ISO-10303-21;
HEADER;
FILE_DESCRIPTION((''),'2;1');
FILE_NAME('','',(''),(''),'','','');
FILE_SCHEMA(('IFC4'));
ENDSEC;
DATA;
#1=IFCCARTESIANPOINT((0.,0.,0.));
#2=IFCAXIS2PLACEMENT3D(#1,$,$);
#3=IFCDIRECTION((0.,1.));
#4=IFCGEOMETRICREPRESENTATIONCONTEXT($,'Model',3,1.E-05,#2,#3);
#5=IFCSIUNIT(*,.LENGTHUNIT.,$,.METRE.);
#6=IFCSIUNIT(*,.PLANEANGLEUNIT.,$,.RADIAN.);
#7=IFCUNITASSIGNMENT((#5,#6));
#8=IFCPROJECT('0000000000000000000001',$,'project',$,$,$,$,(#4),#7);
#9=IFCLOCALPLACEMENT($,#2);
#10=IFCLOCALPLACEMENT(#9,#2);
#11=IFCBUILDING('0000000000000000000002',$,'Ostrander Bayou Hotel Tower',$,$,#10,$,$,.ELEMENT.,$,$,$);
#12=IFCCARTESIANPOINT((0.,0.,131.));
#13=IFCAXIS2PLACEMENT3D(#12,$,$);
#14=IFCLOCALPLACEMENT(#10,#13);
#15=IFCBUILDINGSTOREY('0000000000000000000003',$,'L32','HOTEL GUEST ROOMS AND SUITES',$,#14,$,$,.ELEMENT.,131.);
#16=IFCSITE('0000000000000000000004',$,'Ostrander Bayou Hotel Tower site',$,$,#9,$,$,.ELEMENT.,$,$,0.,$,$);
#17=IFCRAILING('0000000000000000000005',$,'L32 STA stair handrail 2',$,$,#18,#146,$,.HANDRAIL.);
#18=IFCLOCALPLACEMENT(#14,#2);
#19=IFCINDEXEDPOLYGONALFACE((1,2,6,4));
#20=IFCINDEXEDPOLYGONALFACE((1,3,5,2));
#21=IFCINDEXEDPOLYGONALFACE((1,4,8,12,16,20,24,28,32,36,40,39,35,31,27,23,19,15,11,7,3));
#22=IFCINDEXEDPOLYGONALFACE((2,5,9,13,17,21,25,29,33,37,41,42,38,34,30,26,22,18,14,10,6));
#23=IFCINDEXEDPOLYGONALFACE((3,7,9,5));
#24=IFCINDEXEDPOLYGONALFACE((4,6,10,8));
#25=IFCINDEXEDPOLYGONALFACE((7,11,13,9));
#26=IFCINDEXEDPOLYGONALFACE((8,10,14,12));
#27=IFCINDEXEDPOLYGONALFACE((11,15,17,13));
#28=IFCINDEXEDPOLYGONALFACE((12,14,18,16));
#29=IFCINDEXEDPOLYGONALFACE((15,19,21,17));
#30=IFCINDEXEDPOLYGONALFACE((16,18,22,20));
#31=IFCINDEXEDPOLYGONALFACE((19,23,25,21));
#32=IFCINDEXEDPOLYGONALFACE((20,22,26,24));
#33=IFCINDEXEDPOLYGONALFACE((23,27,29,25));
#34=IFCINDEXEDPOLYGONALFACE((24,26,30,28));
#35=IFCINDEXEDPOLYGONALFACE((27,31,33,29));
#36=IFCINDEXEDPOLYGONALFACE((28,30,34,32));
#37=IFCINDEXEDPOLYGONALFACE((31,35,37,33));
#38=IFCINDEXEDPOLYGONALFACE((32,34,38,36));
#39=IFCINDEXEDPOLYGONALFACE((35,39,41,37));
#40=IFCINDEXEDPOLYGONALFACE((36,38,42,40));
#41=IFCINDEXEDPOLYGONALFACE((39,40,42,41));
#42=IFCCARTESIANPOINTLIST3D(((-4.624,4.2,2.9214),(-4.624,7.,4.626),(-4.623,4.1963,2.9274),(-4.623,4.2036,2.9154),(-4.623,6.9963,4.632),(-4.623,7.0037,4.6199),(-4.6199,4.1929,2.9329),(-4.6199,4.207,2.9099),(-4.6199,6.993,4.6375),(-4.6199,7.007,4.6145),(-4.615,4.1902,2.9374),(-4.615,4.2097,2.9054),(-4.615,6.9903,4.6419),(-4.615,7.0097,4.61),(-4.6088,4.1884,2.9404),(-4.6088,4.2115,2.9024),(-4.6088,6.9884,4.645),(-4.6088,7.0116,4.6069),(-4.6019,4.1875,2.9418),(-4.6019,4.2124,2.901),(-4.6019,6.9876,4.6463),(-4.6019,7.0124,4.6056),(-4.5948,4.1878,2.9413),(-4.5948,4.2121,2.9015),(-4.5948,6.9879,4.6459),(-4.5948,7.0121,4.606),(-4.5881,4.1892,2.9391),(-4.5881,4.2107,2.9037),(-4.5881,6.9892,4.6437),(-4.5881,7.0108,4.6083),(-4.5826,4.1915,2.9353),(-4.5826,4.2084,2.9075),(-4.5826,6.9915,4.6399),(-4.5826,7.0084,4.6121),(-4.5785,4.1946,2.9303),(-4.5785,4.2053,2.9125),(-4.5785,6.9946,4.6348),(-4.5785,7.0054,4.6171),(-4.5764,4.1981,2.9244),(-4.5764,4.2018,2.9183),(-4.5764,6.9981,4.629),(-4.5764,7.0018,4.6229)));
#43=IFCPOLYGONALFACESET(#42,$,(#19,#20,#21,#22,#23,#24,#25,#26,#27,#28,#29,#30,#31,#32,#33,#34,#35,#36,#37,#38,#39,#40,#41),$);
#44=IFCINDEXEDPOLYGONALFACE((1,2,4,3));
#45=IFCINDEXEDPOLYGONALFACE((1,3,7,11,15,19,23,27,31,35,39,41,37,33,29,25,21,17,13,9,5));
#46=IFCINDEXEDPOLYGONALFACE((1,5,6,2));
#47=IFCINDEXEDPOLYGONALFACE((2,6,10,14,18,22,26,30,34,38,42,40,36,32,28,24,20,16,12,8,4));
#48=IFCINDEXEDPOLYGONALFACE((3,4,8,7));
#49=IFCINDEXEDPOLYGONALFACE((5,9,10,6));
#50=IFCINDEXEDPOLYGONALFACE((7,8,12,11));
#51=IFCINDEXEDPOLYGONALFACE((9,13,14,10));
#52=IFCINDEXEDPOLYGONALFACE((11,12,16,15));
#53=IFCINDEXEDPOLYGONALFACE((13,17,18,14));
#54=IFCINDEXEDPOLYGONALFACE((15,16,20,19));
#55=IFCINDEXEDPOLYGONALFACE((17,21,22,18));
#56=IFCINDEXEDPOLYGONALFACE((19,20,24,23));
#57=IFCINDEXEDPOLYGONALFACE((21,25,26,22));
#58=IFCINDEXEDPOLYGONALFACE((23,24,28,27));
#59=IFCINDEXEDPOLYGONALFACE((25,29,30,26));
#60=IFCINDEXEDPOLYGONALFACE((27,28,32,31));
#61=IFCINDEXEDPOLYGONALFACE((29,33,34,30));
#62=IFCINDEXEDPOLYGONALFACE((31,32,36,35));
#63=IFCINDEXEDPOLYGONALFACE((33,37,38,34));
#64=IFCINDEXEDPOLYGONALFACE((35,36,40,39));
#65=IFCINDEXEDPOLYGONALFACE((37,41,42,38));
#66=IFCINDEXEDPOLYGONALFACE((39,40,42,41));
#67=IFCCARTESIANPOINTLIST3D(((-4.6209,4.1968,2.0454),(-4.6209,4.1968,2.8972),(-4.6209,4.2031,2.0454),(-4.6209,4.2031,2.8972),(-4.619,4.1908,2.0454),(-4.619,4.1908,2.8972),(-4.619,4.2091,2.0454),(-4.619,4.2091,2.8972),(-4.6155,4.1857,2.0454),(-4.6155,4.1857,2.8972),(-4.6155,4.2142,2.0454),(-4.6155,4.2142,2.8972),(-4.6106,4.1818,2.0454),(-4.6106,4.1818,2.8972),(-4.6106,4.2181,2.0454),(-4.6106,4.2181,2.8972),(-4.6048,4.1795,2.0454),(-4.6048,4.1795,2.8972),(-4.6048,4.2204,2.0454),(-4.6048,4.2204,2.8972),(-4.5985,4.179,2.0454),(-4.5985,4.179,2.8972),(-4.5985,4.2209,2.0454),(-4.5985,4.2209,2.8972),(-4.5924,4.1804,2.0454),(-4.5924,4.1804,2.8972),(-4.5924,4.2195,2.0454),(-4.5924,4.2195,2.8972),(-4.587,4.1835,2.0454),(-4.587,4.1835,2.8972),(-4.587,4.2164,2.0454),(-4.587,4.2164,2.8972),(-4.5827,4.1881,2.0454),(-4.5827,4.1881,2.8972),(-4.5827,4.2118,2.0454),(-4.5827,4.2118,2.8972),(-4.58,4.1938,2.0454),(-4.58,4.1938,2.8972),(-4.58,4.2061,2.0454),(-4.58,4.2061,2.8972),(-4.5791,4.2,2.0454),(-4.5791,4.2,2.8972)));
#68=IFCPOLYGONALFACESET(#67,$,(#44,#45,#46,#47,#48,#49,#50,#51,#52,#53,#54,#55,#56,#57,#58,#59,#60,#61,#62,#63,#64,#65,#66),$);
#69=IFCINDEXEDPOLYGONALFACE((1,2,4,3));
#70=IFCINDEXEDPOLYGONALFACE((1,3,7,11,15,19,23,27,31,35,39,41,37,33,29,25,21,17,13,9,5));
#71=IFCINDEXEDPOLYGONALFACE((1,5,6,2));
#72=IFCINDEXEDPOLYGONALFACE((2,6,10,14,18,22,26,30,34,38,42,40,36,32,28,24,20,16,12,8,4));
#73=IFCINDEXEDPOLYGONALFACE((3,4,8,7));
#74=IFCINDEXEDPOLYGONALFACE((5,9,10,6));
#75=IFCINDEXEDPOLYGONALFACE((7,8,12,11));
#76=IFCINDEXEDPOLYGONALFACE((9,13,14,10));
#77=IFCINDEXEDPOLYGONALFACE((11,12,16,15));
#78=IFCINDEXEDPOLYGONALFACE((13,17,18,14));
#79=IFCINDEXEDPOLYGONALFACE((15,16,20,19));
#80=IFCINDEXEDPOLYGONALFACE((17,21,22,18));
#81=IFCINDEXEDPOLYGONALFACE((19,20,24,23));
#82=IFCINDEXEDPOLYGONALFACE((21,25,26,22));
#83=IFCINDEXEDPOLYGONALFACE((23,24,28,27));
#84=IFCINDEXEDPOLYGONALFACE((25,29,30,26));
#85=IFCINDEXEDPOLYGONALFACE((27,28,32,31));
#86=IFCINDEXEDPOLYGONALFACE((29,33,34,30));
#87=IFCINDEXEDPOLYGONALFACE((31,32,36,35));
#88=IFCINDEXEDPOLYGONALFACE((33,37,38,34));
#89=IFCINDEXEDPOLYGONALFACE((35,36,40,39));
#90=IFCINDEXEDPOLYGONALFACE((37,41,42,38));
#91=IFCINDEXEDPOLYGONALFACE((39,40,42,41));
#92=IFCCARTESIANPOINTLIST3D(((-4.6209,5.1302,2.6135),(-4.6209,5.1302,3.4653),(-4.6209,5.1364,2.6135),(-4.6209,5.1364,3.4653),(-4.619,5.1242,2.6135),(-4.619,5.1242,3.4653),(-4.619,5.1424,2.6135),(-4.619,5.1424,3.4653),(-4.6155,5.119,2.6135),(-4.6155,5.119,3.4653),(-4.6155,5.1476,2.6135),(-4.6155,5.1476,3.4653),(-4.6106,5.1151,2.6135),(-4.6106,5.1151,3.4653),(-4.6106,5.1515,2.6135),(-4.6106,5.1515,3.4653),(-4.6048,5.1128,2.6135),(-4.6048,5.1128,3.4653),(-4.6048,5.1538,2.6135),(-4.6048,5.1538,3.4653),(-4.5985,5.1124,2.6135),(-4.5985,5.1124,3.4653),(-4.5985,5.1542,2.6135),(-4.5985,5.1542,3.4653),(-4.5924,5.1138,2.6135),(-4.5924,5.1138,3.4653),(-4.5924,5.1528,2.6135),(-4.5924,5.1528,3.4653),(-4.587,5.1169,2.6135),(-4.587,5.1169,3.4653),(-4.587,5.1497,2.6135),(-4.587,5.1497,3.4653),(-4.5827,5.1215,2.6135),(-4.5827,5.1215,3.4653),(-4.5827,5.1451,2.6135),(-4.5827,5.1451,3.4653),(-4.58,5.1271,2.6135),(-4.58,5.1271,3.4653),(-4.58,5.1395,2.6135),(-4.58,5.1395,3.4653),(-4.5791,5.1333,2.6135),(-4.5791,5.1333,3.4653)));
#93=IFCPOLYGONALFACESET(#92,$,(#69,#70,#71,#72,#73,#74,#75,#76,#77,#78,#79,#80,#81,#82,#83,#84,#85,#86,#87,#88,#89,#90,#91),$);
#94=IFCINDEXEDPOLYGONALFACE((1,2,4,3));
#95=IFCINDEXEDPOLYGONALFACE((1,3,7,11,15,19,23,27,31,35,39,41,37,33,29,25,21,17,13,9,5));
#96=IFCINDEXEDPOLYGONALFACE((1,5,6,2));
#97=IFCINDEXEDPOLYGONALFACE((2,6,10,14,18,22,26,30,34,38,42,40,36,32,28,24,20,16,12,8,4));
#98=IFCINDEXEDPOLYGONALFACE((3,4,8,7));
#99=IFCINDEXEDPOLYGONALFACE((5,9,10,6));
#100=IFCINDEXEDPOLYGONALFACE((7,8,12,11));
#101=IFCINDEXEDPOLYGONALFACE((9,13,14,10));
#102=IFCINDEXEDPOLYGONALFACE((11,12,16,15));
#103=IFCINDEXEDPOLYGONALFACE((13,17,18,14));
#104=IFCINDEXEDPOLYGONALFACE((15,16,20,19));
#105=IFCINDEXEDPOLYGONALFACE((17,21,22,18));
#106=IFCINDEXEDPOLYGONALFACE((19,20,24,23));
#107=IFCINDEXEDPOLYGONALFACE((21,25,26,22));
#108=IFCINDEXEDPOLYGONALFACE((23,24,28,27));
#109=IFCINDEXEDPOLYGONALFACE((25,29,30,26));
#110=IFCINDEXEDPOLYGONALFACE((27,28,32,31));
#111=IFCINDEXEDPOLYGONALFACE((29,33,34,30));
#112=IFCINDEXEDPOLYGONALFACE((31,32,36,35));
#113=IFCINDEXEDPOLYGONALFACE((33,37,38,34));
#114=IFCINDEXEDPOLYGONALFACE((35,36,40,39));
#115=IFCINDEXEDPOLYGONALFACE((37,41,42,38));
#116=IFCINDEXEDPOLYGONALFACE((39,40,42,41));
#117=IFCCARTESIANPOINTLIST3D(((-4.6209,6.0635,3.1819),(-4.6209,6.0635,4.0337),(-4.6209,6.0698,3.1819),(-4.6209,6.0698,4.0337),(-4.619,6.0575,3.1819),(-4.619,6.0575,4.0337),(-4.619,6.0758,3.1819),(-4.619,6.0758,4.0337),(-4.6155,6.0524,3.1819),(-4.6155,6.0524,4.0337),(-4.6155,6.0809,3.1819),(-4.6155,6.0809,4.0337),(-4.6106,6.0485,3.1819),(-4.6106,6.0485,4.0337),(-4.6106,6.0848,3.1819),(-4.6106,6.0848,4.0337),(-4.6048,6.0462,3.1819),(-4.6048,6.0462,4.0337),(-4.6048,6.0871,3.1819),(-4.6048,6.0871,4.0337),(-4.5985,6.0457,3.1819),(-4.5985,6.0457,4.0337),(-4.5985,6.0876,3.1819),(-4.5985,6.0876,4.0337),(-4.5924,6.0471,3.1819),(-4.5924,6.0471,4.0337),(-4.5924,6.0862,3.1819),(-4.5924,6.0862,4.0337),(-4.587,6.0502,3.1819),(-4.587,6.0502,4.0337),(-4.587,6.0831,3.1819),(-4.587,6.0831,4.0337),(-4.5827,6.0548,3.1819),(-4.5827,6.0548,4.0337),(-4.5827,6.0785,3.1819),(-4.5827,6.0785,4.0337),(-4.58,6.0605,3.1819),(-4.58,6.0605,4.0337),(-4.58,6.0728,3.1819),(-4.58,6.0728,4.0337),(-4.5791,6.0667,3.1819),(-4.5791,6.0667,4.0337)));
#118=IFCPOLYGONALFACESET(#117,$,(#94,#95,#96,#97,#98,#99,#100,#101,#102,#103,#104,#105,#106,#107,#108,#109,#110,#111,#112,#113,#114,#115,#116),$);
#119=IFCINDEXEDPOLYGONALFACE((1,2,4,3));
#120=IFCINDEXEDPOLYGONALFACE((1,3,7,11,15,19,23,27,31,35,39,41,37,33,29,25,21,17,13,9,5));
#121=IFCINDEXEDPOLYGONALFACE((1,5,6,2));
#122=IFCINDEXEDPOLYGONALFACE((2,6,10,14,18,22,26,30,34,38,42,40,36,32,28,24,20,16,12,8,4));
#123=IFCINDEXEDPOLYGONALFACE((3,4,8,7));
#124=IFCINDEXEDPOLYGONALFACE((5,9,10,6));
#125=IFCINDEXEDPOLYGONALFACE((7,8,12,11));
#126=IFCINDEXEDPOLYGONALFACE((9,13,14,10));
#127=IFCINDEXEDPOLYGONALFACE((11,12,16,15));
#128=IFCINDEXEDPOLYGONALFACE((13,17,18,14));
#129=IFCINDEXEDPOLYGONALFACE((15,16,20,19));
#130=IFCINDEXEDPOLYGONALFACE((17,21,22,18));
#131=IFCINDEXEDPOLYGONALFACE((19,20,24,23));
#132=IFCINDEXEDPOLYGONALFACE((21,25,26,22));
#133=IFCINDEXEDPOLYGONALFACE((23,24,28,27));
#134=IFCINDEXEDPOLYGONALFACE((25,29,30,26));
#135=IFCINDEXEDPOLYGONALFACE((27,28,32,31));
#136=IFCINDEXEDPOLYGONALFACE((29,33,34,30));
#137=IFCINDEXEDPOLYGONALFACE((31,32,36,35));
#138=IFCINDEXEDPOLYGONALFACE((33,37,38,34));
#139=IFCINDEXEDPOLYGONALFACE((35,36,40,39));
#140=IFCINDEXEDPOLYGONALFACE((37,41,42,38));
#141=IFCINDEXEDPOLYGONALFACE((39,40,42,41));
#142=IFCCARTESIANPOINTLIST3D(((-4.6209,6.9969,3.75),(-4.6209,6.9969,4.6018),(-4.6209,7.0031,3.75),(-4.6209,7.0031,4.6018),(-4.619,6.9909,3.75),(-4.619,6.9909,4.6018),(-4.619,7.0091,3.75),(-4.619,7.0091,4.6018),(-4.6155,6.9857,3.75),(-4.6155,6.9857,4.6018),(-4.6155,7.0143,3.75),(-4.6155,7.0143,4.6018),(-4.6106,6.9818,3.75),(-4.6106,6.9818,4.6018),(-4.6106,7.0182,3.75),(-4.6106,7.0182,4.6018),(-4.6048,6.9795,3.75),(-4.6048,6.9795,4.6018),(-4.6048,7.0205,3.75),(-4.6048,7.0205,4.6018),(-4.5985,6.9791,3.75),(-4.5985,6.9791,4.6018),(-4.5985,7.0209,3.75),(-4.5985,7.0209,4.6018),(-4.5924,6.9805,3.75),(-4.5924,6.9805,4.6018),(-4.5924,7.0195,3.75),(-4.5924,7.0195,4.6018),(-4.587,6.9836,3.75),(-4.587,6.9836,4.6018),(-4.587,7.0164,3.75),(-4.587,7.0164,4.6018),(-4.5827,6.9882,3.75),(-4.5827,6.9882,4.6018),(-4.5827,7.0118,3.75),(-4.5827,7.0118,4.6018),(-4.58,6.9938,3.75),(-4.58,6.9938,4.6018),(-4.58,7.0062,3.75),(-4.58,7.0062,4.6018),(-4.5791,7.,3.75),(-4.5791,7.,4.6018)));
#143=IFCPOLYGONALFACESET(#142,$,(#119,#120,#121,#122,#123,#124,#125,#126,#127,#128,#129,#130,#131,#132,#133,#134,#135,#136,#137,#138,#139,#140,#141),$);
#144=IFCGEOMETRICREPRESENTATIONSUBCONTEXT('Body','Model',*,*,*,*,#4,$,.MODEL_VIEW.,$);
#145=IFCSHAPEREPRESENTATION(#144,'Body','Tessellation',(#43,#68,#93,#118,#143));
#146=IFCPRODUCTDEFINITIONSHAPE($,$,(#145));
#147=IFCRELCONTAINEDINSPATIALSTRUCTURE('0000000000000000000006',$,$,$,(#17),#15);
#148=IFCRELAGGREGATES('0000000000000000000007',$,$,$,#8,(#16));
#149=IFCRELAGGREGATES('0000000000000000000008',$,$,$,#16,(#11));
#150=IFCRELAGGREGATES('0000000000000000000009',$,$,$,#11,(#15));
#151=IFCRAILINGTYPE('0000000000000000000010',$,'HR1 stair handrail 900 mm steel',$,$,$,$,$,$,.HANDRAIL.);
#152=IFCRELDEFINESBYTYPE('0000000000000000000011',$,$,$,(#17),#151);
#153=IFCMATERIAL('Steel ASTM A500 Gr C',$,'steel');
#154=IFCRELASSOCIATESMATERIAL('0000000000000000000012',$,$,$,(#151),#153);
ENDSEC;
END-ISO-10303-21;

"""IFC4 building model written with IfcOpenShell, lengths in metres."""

from ifc_helpers import new_model, si_unit, direction, frame, origin, origin_2d, place, context, subcontext, project, spatial, circle, extrude, material, type_object, element, save


model = new_model("IFC4")

# Units and contexts
model_context = context("Model", 3, precision=1e-05, world=origin(), true_north=direction((0.0, 1.0)))
body_context = subcontext(model_context, "Body", "Model", "MODEL_VIEW")
ifc_project = project(units=[si_unit("LENGTHUNIT", "METRE"), si_unit("PLANEANGLEUNIT", "RADIAN")], contexts=[model_context])

# Site, building, storey
site_placement = place(None, origin())
site = spatial("IfcSite", under=ifc_project, at=site_placement, Name="Ostrander Bayou Hotel Tower site", CompositionType="ELEMENT", RefElevation=0.0)
building_placement = place(site_placement, origin())
building = spatial("IfcBuilding", under=site, at=building_placement, Name="Ostrander Bayou Hotel Tower", CompositionType="ELEMENT")
storey_placement = place(building_placement, frame((0.0, 0.0, 131.0)))
storey = spatial("IfcBuildingStorey", under=building, at=storey_placement, Name="L32", Description="HOTEL GUEST ROOMS AND SUITES", CompositionType="ELEMENT", Elevation=131.0)

# Railing
ifc_material_1 = material(Name="Steel ASTM A500 Gr C", Category="steel")
railing_type_1 = type_object("IfcRailingType", Name="HR1 stair handrail 900 mm steel", PredefinedType="HANDRAIL", material=ifc_material_1)
railing_1_placement = place(storey_placement, frame((-4.6001, 4.2, 2.0454)))
element("IfcRailing", 1, at=railing_1_placement, inside=storey, type_object=railing_type_1, Name="L32 STA stair handrail 2", PredefinedType="HANDRAIL", context=body_context, shape_type="SweptSolid", body=[
    extrude(circle(Radius=0.0239, at=origin_2d()), frame((0.0, 0.0, 0.876), z_axis=(0.0, 0.85417, 0.519994), x_axis=(-1.0, 0.0, 0.0)), (0.0, 0.0, 1.0), 3.2781),
    extrude(circle(Radius=0.021, at=origin_2d()), origin(), (0.0, 0.0, 1.0), 0.8518),
    extrude(circle(Radius=0.021, at=origin_2d()), frame((0.0, 0.9333, 0.5681)), (0.0, 0.0, 1.0), 0.8518),
    extrude(circle(Radius=0.021, at=origin_2d()), frame((0.0, 1.8667, 1.1365)), (0.0, 0.0, 1.0), 0.8518),
    extrude(circle(Radius=0.021, at=origin_2d()), frame((0.0, 2.8, 1.7046)), (0.0, 0.0, 1.0), 0.8518),
])

save(model, "model.ifc")
